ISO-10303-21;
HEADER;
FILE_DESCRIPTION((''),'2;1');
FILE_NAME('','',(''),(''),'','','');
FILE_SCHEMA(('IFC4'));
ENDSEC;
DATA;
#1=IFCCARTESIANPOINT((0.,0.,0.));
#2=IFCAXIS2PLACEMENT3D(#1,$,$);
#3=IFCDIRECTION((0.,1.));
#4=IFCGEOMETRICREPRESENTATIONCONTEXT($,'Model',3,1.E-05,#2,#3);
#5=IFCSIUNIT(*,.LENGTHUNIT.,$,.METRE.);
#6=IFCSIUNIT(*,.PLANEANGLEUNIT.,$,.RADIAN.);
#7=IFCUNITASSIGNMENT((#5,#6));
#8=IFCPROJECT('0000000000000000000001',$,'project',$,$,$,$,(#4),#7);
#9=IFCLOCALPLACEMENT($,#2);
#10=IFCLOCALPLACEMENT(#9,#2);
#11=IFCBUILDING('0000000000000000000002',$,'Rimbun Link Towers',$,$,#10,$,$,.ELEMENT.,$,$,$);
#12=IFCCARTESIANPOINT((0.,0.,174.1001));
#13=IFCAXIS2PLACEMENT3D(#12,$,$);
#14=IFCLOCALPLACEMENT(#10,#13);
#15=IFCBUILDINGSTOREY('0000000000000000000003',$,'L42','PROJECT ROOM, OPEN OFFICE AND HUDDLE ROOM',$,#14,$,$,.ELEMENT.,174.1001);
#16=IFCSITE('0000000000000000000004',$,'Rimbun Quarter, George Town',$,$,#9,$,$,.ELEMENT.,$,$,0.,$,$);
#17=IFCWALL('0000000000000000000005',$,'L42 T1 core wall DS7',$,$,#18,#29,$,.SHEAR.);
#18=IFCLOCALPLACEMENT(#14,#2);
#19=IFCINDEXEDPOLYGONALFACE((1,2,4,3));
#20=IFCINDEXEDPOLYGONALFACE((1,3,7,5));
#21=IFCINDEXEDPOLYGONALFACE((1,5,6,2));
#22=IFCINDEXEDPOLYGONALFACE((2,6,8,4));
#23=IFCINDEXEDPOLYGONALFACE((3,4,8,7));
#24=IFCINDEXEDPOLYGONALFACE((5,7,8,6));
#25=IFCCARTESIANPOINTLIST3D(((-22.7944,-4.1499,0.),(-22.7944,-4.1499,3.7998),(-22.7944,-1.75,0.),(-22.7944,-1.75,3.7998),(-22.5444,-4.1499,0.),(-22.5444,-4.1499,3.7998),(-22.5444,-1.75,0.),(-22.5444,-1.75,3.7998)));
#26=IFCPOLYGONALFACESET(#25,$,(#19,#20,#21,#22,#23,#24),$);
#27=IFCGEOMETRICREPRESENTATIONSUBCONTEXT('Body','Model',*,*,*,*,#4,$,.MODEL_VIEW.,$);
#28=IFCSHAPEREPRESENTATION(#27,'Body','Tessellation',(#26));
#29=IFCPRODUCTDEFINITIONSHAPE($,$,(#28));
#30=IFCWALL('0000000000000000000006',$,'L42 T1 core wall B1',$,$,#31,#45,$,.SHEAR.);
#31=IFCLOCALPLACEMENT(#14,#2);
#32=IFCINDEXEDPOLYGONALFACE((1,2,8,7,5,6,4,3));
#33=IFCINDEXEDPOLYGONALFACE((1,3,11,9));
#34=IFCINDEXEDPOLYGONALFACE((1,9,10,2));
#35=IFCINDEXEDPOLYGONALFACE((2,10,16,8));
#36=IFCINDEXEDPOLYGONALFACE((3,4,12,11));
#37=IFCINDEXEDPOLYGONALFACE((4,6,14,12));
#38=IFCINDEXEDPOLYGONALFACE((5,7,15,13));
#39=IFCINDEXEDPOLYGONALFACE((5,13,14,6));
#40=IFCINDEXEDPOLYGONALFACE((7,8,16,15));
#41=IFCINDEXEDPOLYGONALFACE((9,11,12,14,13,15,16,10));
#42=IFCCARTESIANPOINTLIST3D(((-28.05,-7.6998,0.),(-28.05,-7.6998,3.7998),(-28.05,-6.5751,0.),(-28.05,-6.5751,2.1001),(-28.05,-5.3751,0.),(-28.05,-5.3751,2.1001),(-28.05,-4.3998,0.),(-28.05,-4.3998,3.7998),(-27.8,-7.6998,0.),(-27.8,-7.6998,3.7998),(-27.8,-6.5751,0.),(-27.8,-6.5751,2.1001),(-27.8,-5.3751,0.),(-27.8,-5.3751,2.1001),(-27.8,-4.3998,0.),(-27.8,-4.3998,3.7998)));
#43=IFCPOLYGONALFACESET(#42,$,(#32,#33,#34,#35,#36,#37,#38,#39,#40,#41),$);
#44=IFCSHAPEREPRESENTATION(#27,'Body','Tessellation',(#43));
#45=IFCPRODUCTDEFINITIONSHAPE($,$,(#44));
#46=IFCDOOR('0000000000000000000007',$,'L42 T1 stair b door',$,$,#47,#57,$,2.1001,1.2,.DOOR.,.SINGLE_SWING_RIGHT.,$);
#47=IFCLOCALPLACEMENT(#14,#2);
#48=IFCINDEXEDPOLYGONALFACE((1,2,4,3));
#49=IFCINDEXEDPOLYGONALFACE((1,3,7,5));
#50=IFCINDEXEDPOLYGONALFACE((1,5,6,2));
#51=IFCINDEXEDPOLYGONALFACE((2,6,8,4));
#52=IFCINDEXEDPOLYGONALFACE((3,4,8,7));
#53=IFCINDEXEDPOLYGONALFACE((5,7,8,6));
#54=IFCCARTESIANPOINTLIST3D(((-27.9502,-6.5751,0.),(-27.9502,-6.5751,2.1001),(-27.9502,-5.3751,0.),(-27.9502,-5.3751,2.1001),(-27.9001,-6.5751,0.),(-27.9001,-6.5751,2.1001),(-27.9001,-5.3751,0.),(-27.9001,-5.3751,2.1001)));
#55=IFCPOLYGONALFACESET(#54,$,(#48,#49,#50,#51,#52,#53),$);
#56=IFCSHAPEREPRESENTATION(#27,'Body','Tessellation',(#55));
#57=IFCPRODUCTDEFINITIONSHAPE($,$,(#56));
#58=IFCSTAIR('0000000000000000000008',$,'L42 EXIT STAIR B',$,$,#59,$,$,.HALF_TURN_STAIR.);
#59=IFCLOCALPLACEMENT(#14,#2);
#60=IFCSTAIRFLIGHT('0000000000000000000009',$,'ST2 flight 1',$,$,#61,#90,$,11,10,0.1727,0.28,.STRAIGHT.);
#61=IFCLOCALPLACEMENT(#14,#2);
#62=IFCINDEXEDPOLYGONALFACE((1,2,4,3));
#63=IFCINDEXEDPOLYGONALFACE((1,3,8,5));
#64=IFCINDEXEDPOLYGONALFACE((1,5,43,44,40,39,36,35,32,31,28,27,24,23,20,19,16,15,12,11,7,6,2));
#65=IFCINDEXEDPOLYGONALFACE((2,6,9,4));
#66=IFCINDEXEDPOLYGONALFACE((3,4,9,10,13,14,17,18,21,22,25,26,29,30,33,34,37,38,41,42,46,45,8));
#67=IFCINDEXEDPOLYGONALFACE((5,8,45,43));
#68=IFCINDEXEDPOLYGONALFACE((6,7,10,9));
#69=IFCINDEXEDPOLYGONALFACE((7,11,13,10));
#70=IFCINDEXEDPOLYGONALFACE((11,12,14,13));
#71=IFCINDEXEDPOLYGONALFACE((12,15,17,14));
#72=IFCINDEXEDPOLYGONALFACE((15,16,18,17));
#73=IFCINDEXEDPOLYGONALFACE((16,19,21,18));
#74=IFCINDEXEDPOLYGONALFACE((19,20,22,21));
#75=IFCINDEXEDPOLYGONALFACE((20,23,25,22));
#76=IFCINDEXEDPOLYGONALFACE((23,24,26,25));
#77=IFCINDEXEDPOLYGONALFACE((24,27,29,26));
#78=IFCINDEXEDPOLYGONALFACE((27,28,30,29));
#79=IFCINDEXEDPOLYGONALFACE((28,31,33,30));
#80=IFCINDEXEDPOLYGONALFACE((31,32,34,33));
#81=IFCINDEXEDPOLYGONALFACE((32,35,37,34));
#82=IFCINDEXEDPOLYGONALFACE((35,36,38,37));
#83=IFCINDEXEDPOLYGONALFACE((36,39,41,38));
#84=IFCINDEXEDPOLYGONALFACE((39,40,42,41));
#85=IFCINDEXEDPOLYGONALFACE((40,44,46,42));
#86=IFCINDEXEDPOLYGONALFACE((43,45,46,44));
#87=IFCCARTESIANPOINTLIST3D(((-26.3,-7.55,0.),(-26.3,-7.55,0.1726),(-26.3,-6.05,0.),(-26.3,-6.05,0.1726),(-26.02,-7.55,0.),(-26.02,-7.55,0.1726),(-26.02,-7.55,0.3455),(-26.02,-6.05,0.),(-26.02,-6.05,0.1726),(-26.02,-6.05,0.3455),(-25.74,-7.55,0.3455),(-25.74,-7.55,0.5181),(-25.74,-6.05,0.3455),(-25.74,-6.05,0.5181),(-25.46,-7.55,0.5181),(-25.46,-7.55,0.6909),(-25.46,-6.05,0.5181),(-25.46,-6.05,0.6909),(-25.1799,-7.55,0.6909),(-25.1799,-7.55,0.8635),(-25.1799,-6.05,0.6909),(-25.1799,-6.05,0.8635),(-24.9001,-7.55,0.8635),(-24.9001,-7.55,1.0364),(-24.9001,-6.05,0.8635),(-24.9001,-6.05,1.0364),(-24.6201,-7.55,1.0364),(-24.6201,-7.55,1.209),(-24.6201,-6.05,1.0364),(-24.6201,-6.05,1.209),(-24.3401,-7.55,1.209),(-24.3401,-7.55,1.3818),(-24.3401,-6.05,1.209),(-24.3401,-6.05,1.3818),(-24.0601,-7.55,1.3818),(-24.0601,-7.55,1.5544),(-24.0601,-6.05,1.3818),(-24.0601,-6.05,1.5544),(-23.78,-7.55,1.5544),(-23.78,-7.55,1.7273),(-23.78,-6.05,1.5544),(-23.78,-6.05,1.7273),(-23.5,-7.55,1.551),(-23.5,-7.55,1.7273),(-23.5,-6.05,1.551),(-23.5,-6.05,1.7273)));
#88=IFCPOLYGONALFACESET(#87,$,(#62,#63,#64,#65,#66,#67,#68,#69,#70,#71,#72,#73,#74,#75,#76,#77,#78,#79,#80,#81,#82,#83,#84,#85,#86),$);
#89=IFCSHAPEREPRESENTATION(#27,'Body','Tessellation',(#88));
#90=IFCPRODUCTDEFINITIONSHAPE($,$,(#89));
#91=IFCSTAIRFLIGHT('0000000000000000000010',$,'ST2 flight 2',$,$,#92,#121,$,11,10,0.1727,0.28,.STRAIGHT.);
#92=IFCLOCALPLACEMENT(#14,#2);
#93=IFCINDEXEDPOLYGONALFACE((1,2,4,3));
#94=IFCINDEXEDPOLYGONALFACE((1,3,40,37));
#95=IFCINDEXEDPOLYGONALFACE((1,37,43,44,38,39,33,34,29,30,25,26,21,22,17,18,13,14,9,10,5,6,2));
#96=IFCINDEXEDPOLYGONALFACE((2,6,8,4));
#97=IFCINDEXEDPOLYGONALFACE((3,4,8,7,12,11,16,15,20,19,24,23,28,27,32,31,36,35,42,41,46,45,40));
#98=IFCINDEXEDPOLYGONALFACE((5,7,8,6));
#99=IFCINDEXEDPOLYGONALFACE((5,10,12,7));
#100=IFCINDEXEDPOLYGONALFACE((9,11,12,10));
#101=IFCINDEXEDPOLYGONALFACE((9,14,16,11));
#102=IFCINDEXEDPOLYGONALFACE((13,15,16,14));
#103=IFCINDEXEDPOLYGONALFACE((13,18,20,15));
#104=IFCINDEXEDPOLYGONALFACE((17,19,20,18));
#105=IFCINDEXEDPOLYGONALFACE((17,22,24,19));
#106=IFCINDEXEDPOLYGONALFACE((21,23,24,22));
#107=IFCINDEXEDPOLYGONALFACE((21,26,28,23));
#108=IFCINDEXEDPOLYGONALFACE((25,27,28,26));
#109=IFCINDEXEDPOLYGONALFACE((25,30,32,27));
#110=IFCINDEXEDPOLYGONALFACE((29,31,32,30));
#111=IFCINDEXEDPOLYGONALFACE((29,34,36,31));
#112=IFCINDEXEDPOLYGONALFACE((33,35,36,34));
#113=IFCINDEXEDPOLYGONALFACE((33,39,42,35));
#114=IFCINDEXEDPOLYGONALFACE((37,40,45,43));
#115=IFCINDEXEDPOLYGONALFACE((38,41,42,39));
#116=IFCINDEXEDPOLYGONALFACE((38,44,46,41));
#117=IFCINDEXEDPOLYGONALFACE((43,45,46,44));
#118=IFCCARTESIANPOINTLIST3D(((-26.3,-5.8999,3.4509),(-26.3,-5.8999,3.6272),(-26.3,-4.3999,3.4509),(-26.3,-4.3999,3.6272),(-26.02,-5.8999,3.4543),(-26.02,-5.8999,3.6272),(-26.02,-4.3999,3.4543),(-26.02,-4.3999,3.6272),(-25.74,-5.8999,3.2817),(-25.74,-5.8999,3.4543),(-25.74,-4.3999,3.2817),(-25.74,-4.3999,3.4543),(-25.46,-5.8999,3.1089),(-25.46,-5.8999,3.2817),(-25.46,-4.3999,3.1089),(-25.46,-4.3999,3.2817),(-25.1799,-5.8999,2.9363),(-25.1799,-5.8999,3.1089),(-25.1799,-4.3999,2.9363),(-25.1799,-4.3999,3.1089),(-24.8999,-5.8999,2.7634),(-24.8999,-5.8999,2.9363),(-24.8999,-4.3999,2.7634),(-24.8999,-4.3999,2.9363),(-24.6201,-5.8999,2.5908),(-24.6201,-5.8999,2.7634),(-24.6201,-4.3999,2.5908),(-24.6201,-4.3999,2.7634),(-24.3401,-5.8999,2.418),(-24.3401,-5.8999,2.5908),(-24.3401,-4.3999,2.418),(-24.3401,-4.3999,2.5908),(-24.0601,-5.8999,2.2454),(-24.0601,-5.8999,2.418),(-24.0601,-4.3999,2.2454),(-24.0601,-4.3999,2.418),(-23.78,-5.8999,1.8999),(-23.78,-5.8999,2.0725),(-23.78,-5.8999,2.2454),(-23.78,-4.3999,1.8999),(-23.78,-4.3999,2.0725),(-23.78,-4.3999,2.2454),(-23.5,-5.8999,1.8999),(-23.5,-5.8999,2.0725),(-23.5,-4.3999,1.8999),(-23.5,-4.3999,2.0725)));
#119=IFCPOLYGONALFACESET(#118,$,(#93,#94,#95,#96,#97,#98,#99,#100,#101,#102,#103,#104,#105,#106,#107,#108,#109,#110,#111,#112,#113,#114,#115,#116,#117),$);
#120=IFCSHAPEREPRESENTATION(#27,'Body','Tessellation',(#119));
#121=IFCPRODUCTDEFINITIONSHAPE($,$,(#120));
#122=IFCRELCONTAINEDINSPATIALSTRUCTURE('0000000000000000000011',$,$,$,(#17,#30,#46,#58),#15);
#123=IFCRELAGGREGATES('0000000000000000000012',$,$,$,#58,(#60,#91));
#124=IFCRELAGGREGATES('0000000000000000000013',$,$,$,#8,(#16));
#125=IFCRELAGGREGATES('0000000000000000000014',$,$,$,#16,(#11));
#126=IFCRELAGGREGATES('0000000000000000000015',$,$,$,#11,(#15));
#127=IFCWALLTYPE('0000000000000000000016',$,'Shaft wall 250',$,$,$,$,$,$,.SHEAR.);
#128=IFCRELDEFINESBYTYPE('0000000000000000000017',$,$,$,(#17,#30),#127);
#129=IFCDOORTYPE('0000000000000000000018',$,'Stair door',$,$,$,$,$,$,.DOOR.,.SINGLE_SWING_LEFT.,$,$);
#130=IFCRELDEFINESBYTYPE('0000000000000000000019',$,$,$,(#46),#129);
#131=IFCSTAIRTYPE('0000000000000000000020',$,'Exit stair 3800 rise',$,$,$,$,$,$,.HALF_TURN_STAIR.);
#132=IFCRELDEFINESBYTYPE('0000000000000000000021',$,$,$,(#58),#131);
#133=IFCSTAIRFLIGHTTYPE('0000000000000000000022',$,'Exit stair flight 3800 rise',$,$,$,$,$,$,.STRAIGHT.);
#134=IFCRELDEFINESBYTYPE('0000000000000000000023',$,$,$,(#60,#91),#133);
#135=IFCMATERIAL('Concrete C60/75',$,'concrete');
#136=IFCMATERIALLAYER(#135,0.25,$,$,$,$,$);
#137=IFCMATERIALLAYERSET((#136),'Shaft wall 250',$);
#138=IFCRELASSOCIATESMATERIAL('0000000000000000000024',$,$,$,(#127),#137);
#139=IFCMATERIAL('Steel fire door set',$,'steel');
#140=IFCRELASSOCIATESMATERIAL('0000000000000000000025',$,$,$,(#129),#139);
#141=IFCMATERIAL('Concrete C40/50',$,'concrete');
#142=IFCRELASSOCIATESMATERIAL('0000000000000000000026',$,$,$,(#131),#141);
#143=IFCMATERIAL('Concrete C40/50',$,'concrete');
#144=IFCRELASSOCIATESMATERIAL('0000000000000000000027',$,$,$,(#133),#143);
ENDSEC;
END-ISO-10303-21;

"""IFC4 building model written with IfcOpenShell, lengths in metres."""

from ifc_helpers import new_model, si_unit, direction, frame, frame_2d, origin, place, context, subcontext, project, spatial, polyline, rectangle, outline, extrude, material, layer, layer_set, type_object, element, fill, aggregate, save


model = new_model("IFC4")

# Units and contexts
model_context = context("Model", 3, precision=1e-05, world=origin(), true_north=direction((0.0, 1.0)))
body_context = subcontext(model_context, "Body", "Model", "MODEL_VIEW")
ifc_project = project(units=[si_unit("LENGTHUNIT", "METRE"), si_unit("PLANEANGLEUNIT", "RADIAN")], contexts=[model_context])

# Site, building, storey
site_placement = place(None, origin())
site = spatial("IfcSite", under=ifc_project, at=site_placement, Name="Rimbun Quarter, George Town", CompositionType="ELEMENT", RefElevation=0.0)
building_placement = place(site_placement, origin())
building = spatial("IfcBuilding", under=site, at=building_placement, Name="Rimbun Link Towers", CompositionType="ELEMENT")
storey_placement = place(building_placement, frame((0.0, 0.0, 174.1001)))
storey = spatial("IfcBuildingStorey", under=building, at=storey_placement, Name="L42", Description="PROJECT ROOM, OPEN OFFICE AND HUDDLE ROOM", CompositionType="ELEMENT", Elevation=174.1001)

# Wall
ifc_material_1 = material(Name="Concrete C60/75", Category="concrete")
ifc_layer_1 = layer(ifc_material_1, 0.25)
ifc_layer_set_1 = layer_set([ifc_layer_1], Name="Shaft wall 250")
wall_type_1 = type_object("IfcWallType", Name="Shaft wall 250", PredefinedType="SHEAR", material=ifc_layer_set_1)
for number, where, z_axis, x_axis, name in (
    (1, (-22.6694, -4.1499, 0.0), (0.0, 0.0, 1.0), (0.0, 1.0, 0.0), "L42 T1 core wall DS7"),
):
    element("IfcWall", number, at=place(storey_placement, frame(where, z_axis=z_axis, x_axis=x_axis)), inside=storey, type_object=wall_type_1, Name=name, PredefinedType="SHEAR", context=body_context, shape_type="SweptSolid", body=[
        extrude(rectangle(XDim=2.3999, YDim=0.25, at=frame_2d((1.2, 0.0))), origin(), (0.0, 0.0, 1.0), 3.7998),
    ])

# Wall, opening, door
wall_1_placement = place(storey_placement, frame((-27.925, -4.3999, 0.0), z_axis=(0.0, 0.0, 1.0), x_axis=(0.0, -1.0, 0.0)))
wall_1 = element("IfcWall", 2, at=wall_1_placement, inside=storey, type_object=wall_type_1, Name="L42 T1 core wall B1", PredefinedType="SHEAR", context=body_context, shape_type="SweptSolid", body=[
    extrude(rectangle(XDim=3.3, YDim=0.25, at=frame_2d((1.6499, 0.0))), origin(), (0.0, 0.0, 1.0), 3.7998),
])
opening_1_placement = place(wall_1_placement, frame((0.9751, 0.0, 0.0)))
opening_1 = element("IfcOpeningElement", 3, at=opening_1_placement, cuts=wall_1, PredefinedType="OPENING", context=body_context, shape_type="SweptSolid", body=[
    extrude(rectangle(XDim=1.2, YDim=2.1001, at=frame_2d((0.6001, 1.05))), frame((0.0, 0.135, 0.0), z_axis=(0.0, -1.0, 0.0), x_axis=(1.0, 0.0, 0.0)), (0.0, 0.0, 1.0), 0.27),
])
ifc_material_2 = material(Name="Steel fire door set", Category="steel")
door_type_1 = type_object("IfcDoorType", Name="Stair door", OperationType="SINGLE_SWING_LEFT", PredefinedType="DOOR", material=ifc_material_2)
door_1_placement = place(opening_1_placement, origin())
door_1 = element("IfcDoor", 4, at=door_1_placement, inside=storey, type_object=door_type_1, Name="L42 T1 stair b door", OperationType="SINGLE_SWING_RIGHT", OverallHeight=2.1001, OverallWidth=1.2, PredefinedType="DOOR", context=body_context, shape_type="SweptSolid", body=[
    extrude(rectangle(XDim=1.2, YDim=2.1001, at=frame_2d((0.6001, 1.05))), frame((0.0, 0.0249, 0.0), z_axis=(0.0, -1.0, 0.0), x_axis=(1.0, 0.0, 0.0)), (0.0, 0.0, 1.0), 0.05),
])
fill(opening_1, door_1)

# Stair, stair flights
ifc_material_3 = material(Name="Concrete C40/50", Category="concrete")
stair_type = type_object("IfcStairType", Name="Exit stair 3800 rise", PredefinedType="HALF_TURN_STAIR", material=ifc_material_3)
stair_placement = place(storey_placement, origin())
stair = element("IfcStair", 5, at=stair_placement, inside=storey, type_object=stair_type, Name="L42 EXIT STAIR B", PredefinedType="HALF_TURN_STAIR")
ifc_material_4 = material(Name="Concrete C40/50", Category="concrete")
stair_flight_type = type_object("IfcStairFlightType", Name="Exit stair flight 3800 rise", PredefinedType="STRAIGHT", material=ifc_material_4)
stair_flight_1_placement = place(storey_placement, frame((-26.3, -6.8, 0.0), z_axis=(0.0, 0.0, 1.0), x_axis=(1.0, 0.0, 0.0)))
stair_flight_1 = element("IfcStairFlight", 6, at=stair_flight_1_placement, type_object=stair_flight_type, Name="ST2 flight 1", NumberOfRisers=11, NumberOfTreads=10, PredefinedType="STRAIGHT", RiserHeight=0.1727, TreadLength=0.28, context=body_context, shape_type="SweptSolid", body=[
    extrude(outline(polyline([(0.0, 0.0), (0.0, 0.1726), (0.28, 0.1726), (0.28, 0.3455), (0.5601, 0.3455), (0.5601, 0.5181), (0.8401, 0.5181), (0.8401, 0.6909), (1.1201, 0.6909), (1.1201, 0.8635), (1.3999, 0.8635), (1.3999, 1.0364), (1.6799, 1.0364), (1.6799, 1.209), (1.96, 1.209), (1.96, 1.3818), (2.24, 1.3818), (2.24, 1.5544), (2.52, 1.5544), (2.52, 1.7273), (2.8, 1.7273), (2.8, 1.8999), (2.8, 1.551), (0.28, 0.0), (0.0, 0.0)])), frame((0.0, 0.75, 0.0), z_axis=(0.0, -1.0, 0.0), x_axis=(1.0, 0.0, 0.0)), (0.0, 0.0, 1.0), 1.5),
])
stair_flight_2_placement = place(storey_placement, frame((-23.5, -5.1499, 1.8999), z_axis=(0.0, 0.0, 1.0), x_axis=(-1.0, 0.0, 0.0)))
stair_flight_2 = element("IfcStairFlight", 7, at=stair_flight_2_placement, type_object=stair_flight_type, Name="ST2 flight 2", NumberOfRisers=11, NumberOfTreads=10, PredefinedType="STRAIGHT", RiserHeight=0.1727, TreadLength=0.28, context=body_context, shape_type="SweptSolid", body=[
    extrude(outline(polyline([(0.0, 0.0), (0.0, 0.1726), (0.28, 0.1726), (0.28, 0.3455), (0.5601, 0.3455), (0.5601, 0.5181), (0.8401, 0.5181), (0.8401, 0.6909), (1.1201, 0.6909), (1.1201, 0.8635), (1.3999, 0.8635), (1.3999, 1.0364), (1.6799, 1.0364), (1.6799, 1.209), (1.96, 1.209), (1.96, 1.3818), (2.24, 1.3818), (2.24, 1.5544), (2.52, 1.5544), (2.52, 1.7273), (2.8, 1.7273), (2.8, 1.8999), (2.8, 1.551), (0.28, 0.0), (0.0, 0.0)])), frame((0.0, 0.75, 0.0), z_axis=(0.0, -1.0, 0.0), x_axis=(1.0, 0.0, 0.0)), (0.0, 0.0, 1.0), 1.5),
])
aggregate(stair, [stair_flight_1, stair_flight_2])

save(model, "model.ifc")
